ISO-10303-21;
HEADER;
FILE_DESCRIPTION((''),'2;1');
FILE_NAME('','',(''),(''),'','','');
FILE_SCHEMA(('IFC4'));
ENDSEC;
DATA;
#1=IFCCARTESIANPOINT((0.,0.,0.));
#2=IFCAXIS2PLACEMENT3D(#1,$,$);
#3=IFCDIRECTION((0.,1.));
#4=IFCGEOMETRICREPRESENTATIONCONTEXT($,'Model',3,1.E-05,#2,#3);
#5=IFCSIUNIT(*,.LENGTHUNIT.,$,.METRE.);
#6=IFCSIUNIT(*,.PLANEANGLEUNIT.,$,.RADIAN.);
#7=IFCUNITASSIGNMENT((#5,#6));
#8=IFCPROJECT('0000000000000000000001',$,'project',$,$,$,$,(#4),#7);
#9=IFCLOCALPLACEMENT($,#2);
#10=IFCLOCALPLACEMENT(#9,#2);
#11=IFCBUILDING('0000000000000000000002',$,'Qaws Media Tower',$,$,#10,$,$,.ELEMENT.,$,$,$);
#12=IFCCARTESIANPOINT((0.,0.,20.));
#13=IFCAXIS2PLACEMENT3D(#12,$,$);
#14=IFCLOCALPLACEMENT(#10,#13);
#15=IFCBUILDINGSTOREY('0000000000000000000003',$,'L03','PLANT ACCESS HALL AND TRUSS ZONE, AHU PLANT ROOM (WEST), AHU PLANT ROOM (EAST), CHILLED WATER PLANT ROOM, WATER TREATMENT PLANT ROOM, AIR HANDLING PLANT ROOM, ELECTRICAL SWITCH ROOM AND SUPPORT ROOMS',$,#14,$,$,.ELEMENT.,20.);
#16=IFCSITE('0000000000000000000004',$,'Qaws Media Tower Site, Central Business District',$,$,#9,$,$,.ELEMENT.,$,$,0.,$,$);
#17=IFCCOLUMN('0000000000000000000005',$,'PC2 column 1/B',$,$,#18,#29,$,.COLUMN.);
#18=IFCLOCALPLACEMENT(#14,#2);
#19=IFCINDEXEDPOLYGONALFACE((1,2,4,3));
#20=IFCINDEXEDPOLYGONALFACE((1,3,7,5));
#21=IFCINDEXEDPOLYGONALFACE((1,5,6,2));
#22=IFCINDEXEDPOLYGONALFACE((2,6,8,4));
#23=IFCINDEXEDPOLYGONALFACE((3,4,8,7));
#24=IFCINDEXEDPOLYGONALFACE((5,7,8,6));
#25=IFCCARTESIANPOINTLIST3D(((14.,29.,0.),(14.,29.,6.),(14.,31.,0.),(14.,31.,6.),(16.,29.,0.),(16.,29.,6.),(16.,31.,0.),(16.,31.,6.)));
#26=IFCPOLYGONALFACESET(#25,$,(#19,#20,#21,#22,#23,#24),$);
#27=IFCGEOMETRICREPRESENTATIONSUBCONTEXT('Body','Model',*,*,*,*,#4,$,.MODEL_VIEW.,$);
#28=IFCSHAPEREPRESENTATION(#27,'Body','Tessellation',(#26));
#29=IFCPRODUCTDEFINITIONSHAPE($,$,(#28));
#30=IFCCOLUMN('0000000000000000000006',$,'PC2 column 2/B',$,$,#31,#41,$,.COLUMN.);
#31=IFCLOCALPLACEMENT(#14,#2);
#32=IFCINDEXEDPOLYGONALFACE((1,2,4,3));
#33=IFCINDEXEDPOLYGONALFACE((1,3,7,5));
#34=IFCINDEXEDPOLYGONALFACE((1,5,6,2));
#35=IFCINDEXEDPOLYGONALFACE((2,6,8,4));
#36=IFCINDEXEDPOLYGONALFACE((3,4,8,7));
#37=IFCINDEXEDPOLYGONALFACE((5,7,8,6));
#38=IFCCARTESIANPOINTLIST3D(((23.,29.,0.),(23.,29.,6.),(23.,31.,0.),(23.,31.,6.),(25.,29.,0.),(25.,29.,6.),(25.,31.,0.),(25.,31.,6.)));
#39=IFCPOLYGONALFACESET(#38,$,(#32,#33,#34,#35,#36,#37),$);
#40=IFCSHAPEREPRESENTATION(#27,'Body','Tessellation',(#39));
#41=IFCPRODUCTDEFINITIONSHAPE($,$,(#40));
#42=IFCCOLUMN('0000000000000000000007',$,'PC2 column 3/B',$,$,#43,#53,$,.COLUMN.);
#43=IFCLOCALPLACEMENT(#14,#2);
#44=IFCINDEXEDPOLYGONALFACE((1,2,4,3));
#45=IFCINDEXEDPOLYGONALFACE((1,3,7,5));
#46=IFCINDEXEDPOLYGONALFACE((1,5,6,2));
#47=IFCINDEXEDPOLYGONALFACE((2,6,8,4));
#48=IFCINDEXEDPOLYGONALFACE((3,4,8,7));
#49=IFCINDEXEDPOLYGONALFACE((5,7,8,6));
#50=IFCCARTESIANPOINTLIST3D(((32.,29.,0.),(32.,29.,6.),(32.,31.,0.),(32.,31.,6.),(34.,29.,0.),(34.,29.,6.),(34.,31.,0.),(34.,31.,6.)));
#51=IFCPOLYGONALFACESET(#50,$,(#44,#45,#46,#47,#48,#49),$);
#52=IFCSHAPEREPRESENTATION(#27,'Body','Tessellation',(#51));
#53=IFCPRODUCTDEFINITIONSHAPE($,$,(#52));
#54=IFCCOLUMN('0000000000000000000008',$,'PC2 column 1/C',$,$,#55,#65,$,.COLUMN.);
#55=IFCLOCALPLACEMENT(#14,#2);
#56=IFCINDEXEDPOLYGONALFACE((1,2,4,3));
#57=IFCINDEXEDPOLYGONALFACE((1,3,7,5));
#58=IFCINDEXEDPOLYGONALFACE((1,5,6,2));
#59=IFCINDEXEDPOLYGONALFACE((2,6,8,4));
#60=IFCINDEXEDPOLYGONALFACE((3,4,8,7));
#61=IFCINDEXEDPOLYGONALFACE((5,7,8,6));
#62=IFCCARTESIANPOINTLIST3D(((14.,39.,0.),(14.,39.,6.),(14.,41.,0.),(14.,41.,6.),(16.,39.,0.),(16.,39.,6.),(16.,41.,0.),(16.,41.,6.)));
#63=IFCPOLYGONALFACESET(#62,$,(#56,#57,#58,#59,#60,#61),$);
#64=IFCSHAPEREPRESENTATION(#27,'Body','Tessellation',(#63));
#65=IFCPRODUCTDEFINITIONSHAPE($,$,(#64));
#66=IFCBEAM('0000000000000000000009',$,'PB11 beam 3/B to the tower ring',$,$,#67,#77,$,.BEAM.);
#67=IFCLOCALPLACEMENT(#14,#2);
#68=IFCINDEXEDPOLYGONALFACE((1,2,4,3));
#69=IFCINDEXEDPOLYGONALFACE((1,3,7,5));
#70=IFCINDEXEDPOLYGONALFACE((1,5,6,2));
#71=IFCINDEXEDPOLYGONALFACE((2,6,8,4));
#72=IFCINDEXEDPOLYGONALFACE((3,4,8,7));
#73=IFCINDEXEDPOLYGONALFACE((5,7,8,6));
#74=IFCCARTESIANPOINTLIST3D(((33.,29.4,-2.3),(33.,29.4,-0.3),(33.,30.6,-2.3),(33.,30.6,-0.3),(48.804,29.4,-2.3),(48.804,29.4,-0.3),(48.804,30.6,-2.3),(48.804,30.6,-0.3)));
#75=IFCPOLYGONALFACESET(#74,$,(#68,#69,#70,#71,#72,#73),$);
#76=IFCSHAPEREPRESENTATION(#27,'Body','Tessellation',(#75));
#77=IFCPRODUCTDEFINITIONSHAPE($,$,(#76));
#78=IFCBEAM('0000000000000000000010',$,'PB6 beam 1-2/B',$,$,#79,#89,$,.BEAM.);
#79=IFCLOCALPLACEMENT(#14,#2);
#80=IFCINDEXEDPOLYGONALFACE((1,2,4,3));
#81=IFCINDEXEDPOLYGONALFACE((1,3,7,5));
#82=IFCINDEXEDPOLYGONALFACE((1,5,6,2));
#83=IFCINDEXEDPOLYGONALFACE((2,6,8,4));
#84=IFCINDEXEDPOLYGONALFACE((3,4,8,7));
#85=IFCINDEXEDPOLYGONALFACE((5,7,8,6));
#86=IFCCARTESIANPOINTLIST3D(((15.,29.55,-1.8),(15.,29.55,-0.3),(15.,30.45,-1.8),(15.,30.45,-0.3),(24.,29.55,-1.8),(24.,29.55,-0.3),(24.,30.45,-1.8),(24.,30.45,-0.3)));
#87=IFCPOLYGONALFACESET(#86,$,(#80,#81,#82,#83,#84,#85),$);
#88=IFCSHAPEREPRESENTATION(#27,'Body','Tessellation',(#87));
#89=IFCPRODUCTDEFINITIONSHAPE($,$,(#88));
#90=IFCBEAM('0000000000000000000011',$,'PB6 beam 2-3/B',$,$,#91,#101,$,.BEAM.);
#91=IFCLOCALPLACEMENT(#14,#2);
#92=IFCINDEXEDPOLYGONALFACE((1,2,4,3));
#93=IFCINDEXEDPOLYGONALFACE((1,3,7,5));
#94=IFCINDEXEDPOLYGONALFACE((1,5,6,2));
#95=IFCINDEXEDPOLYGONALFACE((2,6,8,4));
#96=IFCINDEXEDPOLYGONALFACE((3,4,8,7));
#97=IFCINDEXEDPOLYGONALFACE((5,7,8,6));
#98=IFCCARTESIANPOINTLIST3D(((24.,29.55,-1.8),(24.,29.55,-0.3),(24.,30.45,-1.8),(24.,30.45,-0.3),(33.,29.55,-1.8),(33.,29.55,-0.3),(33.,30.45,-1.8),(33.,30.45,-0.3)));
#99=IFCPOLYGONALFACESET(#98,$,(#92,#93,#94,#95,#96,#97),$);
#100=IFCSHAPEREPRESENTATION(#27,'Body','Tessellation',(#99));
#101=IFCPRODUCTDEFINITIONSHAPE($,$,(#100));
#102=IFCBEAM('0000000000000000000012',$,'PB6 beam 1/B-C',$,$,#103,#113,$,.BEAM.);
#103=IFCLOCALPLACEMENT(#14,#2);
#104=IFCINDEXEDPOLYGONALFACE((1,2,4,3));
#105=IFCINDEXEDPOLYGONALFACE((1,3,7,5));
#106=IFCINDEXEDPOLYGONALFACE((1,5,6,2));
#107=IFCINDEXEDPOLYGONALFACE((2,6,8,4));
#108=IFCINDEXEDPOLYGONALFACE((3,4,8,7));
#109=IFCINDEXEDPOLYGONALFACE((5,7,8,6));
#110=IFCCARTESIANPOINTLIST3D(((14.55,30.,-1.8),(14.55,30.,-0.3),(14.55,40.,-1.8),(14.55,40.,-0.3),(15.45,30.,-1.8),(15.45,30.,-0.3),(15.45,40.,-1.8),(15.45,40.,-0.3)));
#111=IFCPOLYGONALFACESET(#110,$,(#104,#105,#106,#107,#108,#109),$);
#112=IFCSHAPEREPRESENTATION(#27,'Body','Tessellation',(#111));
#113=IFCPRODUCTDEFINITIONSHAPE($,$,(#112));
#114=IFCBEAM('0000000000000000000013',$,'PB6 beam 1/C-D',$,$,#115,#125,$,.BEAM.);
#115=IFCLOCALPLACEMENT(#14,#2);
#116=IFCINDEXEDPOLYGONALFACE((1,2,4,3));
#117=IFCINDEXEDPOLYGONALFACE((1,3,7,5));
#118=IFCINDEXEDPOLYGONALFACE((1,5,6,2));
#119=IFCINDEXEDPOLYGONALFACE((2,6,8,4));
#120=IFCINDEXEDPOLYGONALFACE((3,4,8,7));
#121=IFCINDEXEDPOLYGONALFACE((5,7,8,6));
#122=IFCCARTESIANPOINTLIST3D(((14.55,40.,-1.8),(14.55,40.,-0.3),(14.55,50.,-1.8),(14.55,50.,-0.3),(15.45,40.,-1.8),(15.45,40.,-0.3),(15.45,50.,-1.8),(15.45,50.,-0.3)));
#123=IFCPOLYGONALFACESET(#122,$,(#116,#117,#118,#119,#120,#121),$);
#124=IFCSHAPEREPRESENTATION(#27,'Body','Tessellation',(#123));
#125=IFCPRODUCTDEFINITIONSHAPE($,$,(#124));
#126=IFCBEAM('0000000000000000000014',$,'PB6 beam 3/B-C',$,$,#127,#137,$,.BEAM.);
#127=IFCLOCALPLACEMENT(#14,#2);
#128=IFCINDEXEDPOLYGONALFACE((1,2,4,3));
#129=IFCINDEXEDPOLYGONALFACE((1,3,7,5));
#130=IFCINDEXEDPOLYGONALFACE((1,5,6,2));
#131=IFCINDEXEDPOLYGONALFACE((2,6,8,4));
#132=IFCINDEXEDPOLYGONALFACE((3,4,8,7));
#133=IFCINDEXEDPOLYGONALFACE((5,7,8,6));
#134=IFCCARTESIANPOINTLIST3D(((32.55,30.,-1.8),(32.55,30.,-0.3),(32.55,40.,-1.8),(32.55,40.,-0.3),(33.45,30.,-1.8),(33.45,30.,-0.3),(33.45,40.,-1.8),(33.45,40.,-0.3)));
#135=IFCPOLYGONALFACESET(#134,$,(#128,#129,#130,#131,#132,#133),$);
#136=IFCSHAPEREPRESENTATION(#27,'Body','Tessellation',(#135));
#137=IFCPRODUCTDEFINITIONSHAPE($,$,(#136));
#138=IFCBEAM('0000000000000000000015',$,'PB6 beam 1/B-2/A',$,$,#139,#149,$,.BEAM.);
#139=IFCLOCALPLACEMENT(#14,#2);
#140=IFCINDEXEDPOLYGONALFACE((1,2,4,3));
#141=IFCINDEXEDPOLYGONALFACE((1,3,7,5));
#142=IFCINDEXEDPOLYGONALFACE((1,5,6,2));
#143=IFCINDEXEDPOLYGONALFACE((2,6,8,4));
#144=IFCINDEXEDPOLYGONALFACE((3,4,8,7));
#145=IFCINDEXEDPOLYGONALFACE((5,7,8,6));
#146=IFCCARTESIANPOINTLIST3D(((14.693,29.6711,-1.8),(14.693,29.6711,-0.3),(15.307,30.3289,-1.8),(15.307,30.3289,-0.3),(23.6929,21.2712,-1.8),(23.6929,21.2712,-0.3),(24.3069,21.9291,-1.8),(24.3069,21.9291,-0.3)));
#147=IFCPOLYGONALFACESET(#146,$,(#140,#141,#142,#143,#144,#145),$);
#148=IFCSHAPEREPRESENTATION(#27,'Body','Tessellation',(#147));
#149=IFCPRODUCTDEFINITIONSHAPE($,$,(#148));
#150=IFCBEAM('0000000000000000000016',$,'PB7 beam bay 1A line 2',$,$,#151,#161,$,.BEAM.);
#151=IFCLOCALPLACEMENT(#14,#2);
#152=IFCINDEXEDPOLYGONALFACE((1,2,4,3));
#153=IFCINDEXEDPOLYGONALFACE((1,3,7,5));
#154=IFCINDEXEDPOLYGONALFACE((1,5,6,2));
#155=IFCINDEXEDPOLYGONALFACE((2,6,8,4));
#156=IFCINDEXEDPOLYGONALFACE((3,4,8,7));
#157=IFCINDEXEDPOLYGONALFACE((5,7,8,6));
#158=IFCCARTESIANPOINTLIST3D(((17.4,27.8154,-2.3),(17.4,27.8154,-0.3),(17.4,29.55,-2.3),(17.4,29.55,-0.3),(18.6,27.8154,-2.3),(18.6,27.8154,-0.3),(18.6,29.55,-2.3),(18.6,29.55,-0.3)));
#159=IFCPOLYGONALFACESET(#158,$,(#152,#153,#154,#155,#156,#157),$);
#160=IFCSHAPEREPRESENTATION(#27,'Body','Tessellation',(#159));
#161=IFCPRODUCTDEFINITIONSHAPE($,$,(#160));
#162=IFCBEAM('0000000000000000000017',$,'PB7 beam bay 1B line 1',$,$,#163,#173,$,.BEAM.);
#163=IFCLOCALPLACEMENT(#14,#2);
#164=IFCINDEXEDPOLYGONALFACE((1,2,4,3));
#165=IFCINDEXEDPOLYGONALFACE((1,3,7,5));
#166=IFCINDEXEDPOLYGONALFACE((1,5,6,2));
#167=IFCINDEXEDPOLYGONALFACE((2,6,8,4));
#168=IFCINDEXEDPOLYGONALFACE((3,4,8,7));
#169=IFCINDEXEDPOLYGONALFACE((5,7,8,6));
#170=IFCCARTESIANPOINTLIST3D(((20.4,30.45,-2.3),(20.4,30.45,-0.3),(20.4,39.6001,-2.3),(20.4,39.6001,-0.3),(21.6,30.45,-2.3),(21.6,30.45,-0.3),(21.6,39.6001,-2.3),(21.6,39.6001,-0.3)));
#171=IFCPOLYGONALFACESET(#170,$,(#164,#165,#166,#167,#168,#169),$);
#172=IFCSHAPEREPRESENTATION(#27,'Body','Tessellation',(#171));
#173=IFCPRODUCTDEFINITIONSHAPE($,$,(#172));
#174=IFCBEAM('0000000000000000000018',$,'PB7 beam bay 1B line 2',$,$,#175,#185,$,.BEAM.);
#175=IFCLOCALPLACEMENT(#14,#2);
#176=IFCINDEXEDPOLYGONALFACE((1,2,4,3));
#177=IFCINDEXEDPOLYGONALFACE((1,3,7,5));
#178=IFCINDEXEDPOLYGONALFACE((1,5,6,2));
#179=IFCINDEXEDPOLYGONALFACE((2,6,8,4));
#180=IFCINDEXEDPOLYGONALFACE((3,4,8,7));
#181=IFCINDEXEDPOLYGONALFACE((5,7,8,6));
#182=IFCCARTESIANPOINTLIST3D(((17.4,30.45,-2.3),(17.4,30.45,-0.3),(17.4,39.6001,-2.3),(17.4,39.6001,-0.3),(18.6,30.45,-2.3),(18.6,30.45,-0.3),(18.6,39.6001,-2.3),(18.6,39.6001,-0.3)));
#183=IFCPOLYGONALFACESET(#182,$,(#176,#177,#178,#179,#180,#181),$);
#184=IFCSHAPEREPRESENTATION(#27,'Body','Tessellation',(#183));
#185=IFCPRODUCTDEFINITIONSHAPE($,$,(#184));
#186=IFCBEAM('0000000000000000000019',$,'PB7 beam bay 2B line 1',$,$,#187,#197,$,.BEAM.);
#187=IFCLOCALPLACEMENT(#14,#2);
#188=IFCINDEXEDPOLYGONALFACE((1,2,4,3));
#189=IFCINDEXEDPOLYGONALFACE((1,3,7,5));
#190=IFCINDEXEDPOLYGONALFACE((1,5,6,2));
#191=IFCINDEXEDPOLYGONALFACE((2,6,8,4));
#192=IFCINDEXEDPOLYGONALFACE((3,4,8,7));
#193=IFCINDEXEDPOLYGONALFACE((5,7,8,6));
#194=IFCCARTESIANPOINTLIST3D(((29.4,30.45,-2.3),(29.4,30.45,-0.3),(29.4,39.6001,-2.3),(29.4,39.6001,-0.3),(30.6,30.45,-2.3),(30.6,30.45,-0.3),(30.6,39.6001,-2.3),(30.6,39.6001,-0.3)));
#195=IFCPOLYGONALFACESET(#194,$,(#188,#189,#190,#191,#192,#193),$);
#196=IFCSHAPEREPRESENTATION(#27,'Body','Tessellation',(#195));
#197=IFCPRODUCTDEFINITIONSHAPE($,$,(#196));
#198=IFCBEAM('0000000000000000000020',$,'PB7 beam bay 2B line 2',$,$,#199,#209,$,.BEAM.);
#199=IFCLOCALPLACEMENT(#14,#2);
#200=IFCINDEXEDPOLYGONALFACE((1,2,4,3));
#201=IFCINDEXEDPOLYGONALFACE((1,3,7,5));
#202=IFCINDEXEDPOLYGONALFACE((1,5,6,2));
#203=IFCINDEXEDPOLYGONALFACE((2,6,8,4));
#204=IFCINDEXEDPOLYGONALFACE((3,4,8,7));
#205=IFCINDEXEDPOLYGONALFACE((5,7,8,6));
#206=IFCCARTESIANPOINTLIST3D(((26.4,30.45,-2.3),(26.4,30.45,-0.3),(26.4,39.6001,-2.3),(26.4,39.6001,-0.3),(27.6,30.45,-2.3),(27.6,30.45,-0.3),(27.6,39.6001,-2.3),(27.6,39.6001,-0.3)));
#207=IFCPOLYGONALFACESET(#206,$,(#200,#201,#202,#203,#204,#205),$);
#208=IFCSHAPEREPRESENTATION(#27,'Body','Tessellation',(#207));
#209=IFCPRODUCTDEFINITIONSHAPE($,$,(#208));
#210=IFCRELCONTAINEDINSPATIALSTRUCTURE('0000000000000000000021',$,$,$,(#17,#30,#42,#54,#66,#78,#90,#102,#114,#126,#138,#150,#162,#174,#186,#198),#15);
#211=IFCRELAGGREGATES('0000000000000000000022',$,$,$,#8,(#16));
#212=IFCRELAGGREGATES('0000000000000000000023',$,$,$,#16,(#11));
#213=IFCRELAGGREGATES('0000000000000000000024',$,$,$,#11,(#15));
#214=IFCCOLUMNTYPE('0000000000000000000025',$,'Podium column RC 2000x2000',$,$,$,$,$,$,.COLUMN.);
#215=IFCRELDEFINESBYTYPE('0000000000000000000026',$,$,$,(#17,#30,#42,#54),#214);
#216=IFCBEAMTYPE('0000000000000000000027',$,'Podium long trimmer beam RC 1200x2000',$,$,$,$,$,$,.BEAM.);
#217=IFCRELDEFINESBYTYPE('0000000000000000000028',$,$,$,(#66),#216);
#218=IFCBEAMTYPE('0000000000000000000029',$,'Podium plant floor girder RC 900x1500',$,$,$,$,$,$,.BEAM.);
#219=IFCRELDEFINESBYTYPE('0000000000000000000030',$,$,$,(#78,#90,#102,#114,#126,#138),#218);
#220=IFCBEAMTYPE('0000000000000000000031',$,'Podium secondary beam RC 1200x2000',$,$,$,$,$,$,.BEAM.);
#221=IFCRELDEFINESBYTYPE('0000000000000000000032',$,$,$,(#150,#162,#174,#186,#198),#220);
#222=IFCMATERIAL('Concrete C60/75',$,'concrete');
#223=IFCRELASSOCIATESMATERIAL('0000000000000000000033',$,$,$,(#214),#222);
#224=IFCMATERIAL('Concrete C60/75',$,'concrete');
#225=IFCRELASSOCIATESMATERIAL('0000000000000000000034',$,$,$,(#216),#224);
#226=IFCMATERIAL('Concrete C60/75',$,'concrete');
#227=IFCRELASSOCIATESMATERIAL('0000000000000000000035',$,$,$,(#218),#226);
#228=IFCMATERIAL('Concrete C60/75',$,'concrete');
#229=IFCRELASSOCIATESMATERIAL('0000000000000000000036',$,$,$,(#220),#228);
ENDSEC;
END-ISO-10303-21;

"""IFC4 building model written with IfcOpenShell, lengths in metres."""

from ifc_helpers import new_model, si_unit, direction, frame, origin, origin_2d, place, context, subcontext, project, spatial, rectangle, extrude, material, material_profile, profile_set, type_object, element, save


model = new_model("IFC4")

# Units and contexts
model_context = context("Model", 3, precision=1e-05, world=origin(), true_north=direction((0.0, 1.0)))
body_context = subcontext(model_context, "Body", "Model", "MODEL_VIEW")
ifc_project = project(units=[si_unit("LENGTHUNIT", "METRE"), si_unit("PLANEANGLEUNIT", "RADIAN")], contexts=[model_context])

# Site, building, storey
site_placement = place(None, origin())
site = spatial("IfcSite", under=ifc_project, at=site_placement, Name="Qaws Media Tower Site, Central Business District", CompositionType="ELEMENT", RefElevation=0.0)
building_placement = place(site_placement, origin())
building = spatial("IfcBuilding", under=site, at=building_placement, Name="Qaws Media Tower", CompositionType="ELEMENT")
storey_placement = place(building_placement, frame((0.0, 0.0, 20.0)))
storey = spatial("IfcBuildingStorey", under=building, at=storey_placement, Name="L03", Description="PLANT ACCESS HALL AND TRUSS ZONE, AHU PLANT ROOM (WEST), AHU PLANT ROOM (EAST), CHILLED WATER PLANT ROOM, WATER TREATMENT PLANT ROOM, AIR HANDLING PLANT ROOM, ELECTRICAL SWITCH ROOM AND SUPPORT ROOMS", CompositionType="ELEMENT", Elevation=20.0)

# Columns
ifc_material_1 = material(Name="Concrete C60/75", Category="concrete")
ifc_material_profile_1 = material_profile(ifc_material_1, rectangle(XDim=2.0, YDim=2.0, at=origin_2d()), Name="RC 2000x2000")
ifc_profile_set_1 = profile_set([ifc_material_profile_1], Name="Concrete C60/75")
column_type = type_object("IfcColumnType", Name="Podium column RC 2000x2000", PredefinedType="COLUMN", material=ifc_profile_set_1)
for number, where, z_axis, x_axis, name in (
    (1, (15.0, 30.0, 0.0), (0.0, 0.0, 1.0), (1.0, 0.0, 0.0), "PC2 column 1/B"),
    (2, (24.0, 30.0, 0.0), (0.0, 0.0, 1.0), (1.0, 0.0, 0.0), "PC2 column 2/B"),
    (3, (33.0, 30.0, 0.0), (0.0, 0.0, 1.0), (1.0, 0.0, 0.0), "PC2 column 3/B"),
    (4, (15.0, 40.0, 0.0), (0.0, 0.0, 1.0), (1.0, 0.0, 0.0), "PC2 column 1/C"),
):
    element("IfcColumn", number, at=place(storey_placement, frame(where, z_axis=z_axis, x_axis=x_axis)), inside=storey, type_object=column_type, Name=name, PredefinedType="COLUMN", context=body_context, shape_type="SweptSolid", body=[
        extrude(rectangle(XDim=2.0, YDim=2.0, at=origin_2d()), origin(), (0.0, 0.0, 1.0), 6.0),
    ])

# Beams
ifc_material_2 = material(Name="Concrete C60/75", Category="concrete")
ifc_material_profile_2 = material_profile(ifc_material_2, rectangle(XDim=1.2, YDim=2.0, at=origin_2d()), Name="RC 1200x2000")
ifc_profile_set_2 = profile_set([ifc_material_profile_2], Name="Concrete C60/75")
beam_type_1 = type_object("IfcBeamType", Name="Podium long trimmer beam RC 1200x2000", PredefinedType="BEAM", material=ifc_profile_set_2)
beam_1_placement = place(storey_placement, frame((33.0, 30.0, -1.3), z_axis=(1.0, 0.0, 0.0), x_axis=(0.0, 1.0, 0.0)))
element("IfcBeam", 5, at=beam_1_placement, inside=storey, type_object=beam_type_1, Name="PB11 beam 3/B to the tower ring", PredefinedType="BEAM", context=body_context, shape_type="SweptSolid", body=[
    extrude(rectangle(XDim=1.2, YDim=2.0, at=origin_2d()), origin(), (0.0, 0.0, 1.0), 15.804),
])
ifc_material_3 = material(Name="Concrete C60/75", Category="concrete")
ifc_material_profile_3 = material_profile(ifc_material_3, rectangle(XDim=0.8999, YDim=1.5, at=origin_2d()), Name="RC 900x1500")
ifc_profile_set_3 = profile_set([ifc_material_profile_3], Name="Concrete C60/75")
beam_type_2 = type_object("IfcBeamType", Name="Podium plant floor girder RC 900x1500", PredefinedType="BEAM", material=ifc_profile_set_3)
for number, where, z_axis, x_axis, name in (
    (6, (15.0, 30.0, -1.05), (1.0, 0.0, 0.0), (0.0, 1.0, 0.0), "PB6 beam 1-2/B"),
    (7, (24.0, 30.0, -1.05), (1.0, 0.0, 0.0), (0.0, 1.0, 0.0), "PB6 beam 2-3/B"),
):
    element("IfcBeam", number, at=place(storey_placement, frame(where, z_axis=z_axis, x_axis=x_axis)), inside=storey, type_object=beam_type_2, Name=name, PredefinedType="BEAM", context=body_context, shape_type="SweptSolid", body=[
        extrude(rectangle(XDim=0.8999, YDim=1.5, at=origin_2d()), origin(), (0.0, 0.0, 1.0), 9.0),
    ])
for number, where, z_axis, x_axis, name in (
    (8, (15.0, 30.0, -1.05), (0.0, 1.0, 0.0), (-1.0, 0.0, 0.0), "PB6 beam 1/B-C"),
    (9, (15.0, 40.0, -1.05), (0.0, 1.0, 0.0), (-1.0, 0.0, 0.0), "PB6 beam 1/C-D"),
    (10, (33.0, 30.0, -1.05), (0.0, 1.0, 0.0), (-1.0, 0.0, 0.0), "PB6 beam 3/B-C"),
):
    element("IfcBeam", number, at=place(storey_placement, frame(where, z_axis=z_axis, x_axis=x_axis)), inside=storey, type_object=beam_type_2, Name=name, PredefinedType="BEAM", context=body_context, shape_type="SweptSolid", body=[
        extrude(rectangle(XDim=0.8999, YDim=1.5, at=origin_2d()), origin(), (0.0, 0.0, 1.0), 10.0),
    ])
beam_2_placement = place(storey_placement, frame((15.0, 30.0, -1.05), z_axis=(0.731059, -0.682314, 0.0), x_axis=(0.682314, 0.731059, 0.0)))
element("IfcBeam", 11, at=beam_2_placement, inside=storey, type_object=beam_type_2, Name="PB6 beam 1/B-2/A", PredefinedType="BEAM", context=body_context, shape_type="SweptSolid", body=[
    extrude(rectangle(XDim=0.8999, YDim=1.5, at=origin_2d()), origin(), (0.0, 0.0, 1.0), 12.3108),
])
ifc_material_4 = material(Name="Concrete C60/75", Category="concrete")
ifc_material_profile_4 = material_profile(ifc_material_4, rectangle(XDim=1.2, YDim=2.0, at=origin_2d()), Name="RC 1200x2000")
ifc_profile_set_4 = profile_set([ifc_material_profile_4], Name="Concrete C60/75")
beam_type_3 = type_object("IfcBeamType", Name="Podium secondary beam RC 1200x2000", PredefinedType="BEAM", material=ifc_profile_set_4)
beam_3_placement = place(storey_placement, frame((18.0, 27.8154, -1.3), z_axis=(0.0, 1.0, 0.0), x_axis=(-1.0, 0.0, 0.0)))
element("IfcBeam", 12, at=beam_3_placement, inside=storey, type_object=beam_type_3, Name="PB7 beam bay 1A line 2", PredefinedType="BEAM", context=body_context, shape_type="SweptSolid", body=[
    extrude(rectangle(XDim=1.2, YDim=2.0, at=origin_2d()), origin(), (0.0, 0.0, 1.0), 1.7346),
])
for number, where, z_axis, x_axis, name in (
    (13, (21.0, 30.45, -1.3), (0.0, 1.0, 0.0), (-1.0, 0.0, 0.0), "PB7 beam bay 1B line 1"),
    (14, (18.0, 30.45, -1.3), (0.0, 1.0, 0.0), (-1.0, 0.0, 0.0), "PB7 beam bay 1B line 2"),
    (15, (30.0, 30.45, -1.3), (0.0, 1.0, 0.0), (-1.0, 0.0, 0.0), "PB7 beam bay 2B line 1"),
    (16, (27.0, 30.45, -1.3), (0.0, 1.0, 0.0), (-1.0, 0.0, 0.0), "PB7 beam bay 2B line 2"),
):
    element("IfcBeam", number, at=place(storey_placement, frame(where, z_axis=z_axis, x_axis=x_axis)), inside=storey, type_object=beam_type_3, Name=name, PredefinedType="BEAM", context=body_context, shape_type="SweptSolid", body=[
        extrude(rectangle(XDim=1.2, YDim=2.0, at=origin_2d()), origin(), (0.0, 0.0, 1.0), 9.1501),
    ])

save(model, "model.ifc")
